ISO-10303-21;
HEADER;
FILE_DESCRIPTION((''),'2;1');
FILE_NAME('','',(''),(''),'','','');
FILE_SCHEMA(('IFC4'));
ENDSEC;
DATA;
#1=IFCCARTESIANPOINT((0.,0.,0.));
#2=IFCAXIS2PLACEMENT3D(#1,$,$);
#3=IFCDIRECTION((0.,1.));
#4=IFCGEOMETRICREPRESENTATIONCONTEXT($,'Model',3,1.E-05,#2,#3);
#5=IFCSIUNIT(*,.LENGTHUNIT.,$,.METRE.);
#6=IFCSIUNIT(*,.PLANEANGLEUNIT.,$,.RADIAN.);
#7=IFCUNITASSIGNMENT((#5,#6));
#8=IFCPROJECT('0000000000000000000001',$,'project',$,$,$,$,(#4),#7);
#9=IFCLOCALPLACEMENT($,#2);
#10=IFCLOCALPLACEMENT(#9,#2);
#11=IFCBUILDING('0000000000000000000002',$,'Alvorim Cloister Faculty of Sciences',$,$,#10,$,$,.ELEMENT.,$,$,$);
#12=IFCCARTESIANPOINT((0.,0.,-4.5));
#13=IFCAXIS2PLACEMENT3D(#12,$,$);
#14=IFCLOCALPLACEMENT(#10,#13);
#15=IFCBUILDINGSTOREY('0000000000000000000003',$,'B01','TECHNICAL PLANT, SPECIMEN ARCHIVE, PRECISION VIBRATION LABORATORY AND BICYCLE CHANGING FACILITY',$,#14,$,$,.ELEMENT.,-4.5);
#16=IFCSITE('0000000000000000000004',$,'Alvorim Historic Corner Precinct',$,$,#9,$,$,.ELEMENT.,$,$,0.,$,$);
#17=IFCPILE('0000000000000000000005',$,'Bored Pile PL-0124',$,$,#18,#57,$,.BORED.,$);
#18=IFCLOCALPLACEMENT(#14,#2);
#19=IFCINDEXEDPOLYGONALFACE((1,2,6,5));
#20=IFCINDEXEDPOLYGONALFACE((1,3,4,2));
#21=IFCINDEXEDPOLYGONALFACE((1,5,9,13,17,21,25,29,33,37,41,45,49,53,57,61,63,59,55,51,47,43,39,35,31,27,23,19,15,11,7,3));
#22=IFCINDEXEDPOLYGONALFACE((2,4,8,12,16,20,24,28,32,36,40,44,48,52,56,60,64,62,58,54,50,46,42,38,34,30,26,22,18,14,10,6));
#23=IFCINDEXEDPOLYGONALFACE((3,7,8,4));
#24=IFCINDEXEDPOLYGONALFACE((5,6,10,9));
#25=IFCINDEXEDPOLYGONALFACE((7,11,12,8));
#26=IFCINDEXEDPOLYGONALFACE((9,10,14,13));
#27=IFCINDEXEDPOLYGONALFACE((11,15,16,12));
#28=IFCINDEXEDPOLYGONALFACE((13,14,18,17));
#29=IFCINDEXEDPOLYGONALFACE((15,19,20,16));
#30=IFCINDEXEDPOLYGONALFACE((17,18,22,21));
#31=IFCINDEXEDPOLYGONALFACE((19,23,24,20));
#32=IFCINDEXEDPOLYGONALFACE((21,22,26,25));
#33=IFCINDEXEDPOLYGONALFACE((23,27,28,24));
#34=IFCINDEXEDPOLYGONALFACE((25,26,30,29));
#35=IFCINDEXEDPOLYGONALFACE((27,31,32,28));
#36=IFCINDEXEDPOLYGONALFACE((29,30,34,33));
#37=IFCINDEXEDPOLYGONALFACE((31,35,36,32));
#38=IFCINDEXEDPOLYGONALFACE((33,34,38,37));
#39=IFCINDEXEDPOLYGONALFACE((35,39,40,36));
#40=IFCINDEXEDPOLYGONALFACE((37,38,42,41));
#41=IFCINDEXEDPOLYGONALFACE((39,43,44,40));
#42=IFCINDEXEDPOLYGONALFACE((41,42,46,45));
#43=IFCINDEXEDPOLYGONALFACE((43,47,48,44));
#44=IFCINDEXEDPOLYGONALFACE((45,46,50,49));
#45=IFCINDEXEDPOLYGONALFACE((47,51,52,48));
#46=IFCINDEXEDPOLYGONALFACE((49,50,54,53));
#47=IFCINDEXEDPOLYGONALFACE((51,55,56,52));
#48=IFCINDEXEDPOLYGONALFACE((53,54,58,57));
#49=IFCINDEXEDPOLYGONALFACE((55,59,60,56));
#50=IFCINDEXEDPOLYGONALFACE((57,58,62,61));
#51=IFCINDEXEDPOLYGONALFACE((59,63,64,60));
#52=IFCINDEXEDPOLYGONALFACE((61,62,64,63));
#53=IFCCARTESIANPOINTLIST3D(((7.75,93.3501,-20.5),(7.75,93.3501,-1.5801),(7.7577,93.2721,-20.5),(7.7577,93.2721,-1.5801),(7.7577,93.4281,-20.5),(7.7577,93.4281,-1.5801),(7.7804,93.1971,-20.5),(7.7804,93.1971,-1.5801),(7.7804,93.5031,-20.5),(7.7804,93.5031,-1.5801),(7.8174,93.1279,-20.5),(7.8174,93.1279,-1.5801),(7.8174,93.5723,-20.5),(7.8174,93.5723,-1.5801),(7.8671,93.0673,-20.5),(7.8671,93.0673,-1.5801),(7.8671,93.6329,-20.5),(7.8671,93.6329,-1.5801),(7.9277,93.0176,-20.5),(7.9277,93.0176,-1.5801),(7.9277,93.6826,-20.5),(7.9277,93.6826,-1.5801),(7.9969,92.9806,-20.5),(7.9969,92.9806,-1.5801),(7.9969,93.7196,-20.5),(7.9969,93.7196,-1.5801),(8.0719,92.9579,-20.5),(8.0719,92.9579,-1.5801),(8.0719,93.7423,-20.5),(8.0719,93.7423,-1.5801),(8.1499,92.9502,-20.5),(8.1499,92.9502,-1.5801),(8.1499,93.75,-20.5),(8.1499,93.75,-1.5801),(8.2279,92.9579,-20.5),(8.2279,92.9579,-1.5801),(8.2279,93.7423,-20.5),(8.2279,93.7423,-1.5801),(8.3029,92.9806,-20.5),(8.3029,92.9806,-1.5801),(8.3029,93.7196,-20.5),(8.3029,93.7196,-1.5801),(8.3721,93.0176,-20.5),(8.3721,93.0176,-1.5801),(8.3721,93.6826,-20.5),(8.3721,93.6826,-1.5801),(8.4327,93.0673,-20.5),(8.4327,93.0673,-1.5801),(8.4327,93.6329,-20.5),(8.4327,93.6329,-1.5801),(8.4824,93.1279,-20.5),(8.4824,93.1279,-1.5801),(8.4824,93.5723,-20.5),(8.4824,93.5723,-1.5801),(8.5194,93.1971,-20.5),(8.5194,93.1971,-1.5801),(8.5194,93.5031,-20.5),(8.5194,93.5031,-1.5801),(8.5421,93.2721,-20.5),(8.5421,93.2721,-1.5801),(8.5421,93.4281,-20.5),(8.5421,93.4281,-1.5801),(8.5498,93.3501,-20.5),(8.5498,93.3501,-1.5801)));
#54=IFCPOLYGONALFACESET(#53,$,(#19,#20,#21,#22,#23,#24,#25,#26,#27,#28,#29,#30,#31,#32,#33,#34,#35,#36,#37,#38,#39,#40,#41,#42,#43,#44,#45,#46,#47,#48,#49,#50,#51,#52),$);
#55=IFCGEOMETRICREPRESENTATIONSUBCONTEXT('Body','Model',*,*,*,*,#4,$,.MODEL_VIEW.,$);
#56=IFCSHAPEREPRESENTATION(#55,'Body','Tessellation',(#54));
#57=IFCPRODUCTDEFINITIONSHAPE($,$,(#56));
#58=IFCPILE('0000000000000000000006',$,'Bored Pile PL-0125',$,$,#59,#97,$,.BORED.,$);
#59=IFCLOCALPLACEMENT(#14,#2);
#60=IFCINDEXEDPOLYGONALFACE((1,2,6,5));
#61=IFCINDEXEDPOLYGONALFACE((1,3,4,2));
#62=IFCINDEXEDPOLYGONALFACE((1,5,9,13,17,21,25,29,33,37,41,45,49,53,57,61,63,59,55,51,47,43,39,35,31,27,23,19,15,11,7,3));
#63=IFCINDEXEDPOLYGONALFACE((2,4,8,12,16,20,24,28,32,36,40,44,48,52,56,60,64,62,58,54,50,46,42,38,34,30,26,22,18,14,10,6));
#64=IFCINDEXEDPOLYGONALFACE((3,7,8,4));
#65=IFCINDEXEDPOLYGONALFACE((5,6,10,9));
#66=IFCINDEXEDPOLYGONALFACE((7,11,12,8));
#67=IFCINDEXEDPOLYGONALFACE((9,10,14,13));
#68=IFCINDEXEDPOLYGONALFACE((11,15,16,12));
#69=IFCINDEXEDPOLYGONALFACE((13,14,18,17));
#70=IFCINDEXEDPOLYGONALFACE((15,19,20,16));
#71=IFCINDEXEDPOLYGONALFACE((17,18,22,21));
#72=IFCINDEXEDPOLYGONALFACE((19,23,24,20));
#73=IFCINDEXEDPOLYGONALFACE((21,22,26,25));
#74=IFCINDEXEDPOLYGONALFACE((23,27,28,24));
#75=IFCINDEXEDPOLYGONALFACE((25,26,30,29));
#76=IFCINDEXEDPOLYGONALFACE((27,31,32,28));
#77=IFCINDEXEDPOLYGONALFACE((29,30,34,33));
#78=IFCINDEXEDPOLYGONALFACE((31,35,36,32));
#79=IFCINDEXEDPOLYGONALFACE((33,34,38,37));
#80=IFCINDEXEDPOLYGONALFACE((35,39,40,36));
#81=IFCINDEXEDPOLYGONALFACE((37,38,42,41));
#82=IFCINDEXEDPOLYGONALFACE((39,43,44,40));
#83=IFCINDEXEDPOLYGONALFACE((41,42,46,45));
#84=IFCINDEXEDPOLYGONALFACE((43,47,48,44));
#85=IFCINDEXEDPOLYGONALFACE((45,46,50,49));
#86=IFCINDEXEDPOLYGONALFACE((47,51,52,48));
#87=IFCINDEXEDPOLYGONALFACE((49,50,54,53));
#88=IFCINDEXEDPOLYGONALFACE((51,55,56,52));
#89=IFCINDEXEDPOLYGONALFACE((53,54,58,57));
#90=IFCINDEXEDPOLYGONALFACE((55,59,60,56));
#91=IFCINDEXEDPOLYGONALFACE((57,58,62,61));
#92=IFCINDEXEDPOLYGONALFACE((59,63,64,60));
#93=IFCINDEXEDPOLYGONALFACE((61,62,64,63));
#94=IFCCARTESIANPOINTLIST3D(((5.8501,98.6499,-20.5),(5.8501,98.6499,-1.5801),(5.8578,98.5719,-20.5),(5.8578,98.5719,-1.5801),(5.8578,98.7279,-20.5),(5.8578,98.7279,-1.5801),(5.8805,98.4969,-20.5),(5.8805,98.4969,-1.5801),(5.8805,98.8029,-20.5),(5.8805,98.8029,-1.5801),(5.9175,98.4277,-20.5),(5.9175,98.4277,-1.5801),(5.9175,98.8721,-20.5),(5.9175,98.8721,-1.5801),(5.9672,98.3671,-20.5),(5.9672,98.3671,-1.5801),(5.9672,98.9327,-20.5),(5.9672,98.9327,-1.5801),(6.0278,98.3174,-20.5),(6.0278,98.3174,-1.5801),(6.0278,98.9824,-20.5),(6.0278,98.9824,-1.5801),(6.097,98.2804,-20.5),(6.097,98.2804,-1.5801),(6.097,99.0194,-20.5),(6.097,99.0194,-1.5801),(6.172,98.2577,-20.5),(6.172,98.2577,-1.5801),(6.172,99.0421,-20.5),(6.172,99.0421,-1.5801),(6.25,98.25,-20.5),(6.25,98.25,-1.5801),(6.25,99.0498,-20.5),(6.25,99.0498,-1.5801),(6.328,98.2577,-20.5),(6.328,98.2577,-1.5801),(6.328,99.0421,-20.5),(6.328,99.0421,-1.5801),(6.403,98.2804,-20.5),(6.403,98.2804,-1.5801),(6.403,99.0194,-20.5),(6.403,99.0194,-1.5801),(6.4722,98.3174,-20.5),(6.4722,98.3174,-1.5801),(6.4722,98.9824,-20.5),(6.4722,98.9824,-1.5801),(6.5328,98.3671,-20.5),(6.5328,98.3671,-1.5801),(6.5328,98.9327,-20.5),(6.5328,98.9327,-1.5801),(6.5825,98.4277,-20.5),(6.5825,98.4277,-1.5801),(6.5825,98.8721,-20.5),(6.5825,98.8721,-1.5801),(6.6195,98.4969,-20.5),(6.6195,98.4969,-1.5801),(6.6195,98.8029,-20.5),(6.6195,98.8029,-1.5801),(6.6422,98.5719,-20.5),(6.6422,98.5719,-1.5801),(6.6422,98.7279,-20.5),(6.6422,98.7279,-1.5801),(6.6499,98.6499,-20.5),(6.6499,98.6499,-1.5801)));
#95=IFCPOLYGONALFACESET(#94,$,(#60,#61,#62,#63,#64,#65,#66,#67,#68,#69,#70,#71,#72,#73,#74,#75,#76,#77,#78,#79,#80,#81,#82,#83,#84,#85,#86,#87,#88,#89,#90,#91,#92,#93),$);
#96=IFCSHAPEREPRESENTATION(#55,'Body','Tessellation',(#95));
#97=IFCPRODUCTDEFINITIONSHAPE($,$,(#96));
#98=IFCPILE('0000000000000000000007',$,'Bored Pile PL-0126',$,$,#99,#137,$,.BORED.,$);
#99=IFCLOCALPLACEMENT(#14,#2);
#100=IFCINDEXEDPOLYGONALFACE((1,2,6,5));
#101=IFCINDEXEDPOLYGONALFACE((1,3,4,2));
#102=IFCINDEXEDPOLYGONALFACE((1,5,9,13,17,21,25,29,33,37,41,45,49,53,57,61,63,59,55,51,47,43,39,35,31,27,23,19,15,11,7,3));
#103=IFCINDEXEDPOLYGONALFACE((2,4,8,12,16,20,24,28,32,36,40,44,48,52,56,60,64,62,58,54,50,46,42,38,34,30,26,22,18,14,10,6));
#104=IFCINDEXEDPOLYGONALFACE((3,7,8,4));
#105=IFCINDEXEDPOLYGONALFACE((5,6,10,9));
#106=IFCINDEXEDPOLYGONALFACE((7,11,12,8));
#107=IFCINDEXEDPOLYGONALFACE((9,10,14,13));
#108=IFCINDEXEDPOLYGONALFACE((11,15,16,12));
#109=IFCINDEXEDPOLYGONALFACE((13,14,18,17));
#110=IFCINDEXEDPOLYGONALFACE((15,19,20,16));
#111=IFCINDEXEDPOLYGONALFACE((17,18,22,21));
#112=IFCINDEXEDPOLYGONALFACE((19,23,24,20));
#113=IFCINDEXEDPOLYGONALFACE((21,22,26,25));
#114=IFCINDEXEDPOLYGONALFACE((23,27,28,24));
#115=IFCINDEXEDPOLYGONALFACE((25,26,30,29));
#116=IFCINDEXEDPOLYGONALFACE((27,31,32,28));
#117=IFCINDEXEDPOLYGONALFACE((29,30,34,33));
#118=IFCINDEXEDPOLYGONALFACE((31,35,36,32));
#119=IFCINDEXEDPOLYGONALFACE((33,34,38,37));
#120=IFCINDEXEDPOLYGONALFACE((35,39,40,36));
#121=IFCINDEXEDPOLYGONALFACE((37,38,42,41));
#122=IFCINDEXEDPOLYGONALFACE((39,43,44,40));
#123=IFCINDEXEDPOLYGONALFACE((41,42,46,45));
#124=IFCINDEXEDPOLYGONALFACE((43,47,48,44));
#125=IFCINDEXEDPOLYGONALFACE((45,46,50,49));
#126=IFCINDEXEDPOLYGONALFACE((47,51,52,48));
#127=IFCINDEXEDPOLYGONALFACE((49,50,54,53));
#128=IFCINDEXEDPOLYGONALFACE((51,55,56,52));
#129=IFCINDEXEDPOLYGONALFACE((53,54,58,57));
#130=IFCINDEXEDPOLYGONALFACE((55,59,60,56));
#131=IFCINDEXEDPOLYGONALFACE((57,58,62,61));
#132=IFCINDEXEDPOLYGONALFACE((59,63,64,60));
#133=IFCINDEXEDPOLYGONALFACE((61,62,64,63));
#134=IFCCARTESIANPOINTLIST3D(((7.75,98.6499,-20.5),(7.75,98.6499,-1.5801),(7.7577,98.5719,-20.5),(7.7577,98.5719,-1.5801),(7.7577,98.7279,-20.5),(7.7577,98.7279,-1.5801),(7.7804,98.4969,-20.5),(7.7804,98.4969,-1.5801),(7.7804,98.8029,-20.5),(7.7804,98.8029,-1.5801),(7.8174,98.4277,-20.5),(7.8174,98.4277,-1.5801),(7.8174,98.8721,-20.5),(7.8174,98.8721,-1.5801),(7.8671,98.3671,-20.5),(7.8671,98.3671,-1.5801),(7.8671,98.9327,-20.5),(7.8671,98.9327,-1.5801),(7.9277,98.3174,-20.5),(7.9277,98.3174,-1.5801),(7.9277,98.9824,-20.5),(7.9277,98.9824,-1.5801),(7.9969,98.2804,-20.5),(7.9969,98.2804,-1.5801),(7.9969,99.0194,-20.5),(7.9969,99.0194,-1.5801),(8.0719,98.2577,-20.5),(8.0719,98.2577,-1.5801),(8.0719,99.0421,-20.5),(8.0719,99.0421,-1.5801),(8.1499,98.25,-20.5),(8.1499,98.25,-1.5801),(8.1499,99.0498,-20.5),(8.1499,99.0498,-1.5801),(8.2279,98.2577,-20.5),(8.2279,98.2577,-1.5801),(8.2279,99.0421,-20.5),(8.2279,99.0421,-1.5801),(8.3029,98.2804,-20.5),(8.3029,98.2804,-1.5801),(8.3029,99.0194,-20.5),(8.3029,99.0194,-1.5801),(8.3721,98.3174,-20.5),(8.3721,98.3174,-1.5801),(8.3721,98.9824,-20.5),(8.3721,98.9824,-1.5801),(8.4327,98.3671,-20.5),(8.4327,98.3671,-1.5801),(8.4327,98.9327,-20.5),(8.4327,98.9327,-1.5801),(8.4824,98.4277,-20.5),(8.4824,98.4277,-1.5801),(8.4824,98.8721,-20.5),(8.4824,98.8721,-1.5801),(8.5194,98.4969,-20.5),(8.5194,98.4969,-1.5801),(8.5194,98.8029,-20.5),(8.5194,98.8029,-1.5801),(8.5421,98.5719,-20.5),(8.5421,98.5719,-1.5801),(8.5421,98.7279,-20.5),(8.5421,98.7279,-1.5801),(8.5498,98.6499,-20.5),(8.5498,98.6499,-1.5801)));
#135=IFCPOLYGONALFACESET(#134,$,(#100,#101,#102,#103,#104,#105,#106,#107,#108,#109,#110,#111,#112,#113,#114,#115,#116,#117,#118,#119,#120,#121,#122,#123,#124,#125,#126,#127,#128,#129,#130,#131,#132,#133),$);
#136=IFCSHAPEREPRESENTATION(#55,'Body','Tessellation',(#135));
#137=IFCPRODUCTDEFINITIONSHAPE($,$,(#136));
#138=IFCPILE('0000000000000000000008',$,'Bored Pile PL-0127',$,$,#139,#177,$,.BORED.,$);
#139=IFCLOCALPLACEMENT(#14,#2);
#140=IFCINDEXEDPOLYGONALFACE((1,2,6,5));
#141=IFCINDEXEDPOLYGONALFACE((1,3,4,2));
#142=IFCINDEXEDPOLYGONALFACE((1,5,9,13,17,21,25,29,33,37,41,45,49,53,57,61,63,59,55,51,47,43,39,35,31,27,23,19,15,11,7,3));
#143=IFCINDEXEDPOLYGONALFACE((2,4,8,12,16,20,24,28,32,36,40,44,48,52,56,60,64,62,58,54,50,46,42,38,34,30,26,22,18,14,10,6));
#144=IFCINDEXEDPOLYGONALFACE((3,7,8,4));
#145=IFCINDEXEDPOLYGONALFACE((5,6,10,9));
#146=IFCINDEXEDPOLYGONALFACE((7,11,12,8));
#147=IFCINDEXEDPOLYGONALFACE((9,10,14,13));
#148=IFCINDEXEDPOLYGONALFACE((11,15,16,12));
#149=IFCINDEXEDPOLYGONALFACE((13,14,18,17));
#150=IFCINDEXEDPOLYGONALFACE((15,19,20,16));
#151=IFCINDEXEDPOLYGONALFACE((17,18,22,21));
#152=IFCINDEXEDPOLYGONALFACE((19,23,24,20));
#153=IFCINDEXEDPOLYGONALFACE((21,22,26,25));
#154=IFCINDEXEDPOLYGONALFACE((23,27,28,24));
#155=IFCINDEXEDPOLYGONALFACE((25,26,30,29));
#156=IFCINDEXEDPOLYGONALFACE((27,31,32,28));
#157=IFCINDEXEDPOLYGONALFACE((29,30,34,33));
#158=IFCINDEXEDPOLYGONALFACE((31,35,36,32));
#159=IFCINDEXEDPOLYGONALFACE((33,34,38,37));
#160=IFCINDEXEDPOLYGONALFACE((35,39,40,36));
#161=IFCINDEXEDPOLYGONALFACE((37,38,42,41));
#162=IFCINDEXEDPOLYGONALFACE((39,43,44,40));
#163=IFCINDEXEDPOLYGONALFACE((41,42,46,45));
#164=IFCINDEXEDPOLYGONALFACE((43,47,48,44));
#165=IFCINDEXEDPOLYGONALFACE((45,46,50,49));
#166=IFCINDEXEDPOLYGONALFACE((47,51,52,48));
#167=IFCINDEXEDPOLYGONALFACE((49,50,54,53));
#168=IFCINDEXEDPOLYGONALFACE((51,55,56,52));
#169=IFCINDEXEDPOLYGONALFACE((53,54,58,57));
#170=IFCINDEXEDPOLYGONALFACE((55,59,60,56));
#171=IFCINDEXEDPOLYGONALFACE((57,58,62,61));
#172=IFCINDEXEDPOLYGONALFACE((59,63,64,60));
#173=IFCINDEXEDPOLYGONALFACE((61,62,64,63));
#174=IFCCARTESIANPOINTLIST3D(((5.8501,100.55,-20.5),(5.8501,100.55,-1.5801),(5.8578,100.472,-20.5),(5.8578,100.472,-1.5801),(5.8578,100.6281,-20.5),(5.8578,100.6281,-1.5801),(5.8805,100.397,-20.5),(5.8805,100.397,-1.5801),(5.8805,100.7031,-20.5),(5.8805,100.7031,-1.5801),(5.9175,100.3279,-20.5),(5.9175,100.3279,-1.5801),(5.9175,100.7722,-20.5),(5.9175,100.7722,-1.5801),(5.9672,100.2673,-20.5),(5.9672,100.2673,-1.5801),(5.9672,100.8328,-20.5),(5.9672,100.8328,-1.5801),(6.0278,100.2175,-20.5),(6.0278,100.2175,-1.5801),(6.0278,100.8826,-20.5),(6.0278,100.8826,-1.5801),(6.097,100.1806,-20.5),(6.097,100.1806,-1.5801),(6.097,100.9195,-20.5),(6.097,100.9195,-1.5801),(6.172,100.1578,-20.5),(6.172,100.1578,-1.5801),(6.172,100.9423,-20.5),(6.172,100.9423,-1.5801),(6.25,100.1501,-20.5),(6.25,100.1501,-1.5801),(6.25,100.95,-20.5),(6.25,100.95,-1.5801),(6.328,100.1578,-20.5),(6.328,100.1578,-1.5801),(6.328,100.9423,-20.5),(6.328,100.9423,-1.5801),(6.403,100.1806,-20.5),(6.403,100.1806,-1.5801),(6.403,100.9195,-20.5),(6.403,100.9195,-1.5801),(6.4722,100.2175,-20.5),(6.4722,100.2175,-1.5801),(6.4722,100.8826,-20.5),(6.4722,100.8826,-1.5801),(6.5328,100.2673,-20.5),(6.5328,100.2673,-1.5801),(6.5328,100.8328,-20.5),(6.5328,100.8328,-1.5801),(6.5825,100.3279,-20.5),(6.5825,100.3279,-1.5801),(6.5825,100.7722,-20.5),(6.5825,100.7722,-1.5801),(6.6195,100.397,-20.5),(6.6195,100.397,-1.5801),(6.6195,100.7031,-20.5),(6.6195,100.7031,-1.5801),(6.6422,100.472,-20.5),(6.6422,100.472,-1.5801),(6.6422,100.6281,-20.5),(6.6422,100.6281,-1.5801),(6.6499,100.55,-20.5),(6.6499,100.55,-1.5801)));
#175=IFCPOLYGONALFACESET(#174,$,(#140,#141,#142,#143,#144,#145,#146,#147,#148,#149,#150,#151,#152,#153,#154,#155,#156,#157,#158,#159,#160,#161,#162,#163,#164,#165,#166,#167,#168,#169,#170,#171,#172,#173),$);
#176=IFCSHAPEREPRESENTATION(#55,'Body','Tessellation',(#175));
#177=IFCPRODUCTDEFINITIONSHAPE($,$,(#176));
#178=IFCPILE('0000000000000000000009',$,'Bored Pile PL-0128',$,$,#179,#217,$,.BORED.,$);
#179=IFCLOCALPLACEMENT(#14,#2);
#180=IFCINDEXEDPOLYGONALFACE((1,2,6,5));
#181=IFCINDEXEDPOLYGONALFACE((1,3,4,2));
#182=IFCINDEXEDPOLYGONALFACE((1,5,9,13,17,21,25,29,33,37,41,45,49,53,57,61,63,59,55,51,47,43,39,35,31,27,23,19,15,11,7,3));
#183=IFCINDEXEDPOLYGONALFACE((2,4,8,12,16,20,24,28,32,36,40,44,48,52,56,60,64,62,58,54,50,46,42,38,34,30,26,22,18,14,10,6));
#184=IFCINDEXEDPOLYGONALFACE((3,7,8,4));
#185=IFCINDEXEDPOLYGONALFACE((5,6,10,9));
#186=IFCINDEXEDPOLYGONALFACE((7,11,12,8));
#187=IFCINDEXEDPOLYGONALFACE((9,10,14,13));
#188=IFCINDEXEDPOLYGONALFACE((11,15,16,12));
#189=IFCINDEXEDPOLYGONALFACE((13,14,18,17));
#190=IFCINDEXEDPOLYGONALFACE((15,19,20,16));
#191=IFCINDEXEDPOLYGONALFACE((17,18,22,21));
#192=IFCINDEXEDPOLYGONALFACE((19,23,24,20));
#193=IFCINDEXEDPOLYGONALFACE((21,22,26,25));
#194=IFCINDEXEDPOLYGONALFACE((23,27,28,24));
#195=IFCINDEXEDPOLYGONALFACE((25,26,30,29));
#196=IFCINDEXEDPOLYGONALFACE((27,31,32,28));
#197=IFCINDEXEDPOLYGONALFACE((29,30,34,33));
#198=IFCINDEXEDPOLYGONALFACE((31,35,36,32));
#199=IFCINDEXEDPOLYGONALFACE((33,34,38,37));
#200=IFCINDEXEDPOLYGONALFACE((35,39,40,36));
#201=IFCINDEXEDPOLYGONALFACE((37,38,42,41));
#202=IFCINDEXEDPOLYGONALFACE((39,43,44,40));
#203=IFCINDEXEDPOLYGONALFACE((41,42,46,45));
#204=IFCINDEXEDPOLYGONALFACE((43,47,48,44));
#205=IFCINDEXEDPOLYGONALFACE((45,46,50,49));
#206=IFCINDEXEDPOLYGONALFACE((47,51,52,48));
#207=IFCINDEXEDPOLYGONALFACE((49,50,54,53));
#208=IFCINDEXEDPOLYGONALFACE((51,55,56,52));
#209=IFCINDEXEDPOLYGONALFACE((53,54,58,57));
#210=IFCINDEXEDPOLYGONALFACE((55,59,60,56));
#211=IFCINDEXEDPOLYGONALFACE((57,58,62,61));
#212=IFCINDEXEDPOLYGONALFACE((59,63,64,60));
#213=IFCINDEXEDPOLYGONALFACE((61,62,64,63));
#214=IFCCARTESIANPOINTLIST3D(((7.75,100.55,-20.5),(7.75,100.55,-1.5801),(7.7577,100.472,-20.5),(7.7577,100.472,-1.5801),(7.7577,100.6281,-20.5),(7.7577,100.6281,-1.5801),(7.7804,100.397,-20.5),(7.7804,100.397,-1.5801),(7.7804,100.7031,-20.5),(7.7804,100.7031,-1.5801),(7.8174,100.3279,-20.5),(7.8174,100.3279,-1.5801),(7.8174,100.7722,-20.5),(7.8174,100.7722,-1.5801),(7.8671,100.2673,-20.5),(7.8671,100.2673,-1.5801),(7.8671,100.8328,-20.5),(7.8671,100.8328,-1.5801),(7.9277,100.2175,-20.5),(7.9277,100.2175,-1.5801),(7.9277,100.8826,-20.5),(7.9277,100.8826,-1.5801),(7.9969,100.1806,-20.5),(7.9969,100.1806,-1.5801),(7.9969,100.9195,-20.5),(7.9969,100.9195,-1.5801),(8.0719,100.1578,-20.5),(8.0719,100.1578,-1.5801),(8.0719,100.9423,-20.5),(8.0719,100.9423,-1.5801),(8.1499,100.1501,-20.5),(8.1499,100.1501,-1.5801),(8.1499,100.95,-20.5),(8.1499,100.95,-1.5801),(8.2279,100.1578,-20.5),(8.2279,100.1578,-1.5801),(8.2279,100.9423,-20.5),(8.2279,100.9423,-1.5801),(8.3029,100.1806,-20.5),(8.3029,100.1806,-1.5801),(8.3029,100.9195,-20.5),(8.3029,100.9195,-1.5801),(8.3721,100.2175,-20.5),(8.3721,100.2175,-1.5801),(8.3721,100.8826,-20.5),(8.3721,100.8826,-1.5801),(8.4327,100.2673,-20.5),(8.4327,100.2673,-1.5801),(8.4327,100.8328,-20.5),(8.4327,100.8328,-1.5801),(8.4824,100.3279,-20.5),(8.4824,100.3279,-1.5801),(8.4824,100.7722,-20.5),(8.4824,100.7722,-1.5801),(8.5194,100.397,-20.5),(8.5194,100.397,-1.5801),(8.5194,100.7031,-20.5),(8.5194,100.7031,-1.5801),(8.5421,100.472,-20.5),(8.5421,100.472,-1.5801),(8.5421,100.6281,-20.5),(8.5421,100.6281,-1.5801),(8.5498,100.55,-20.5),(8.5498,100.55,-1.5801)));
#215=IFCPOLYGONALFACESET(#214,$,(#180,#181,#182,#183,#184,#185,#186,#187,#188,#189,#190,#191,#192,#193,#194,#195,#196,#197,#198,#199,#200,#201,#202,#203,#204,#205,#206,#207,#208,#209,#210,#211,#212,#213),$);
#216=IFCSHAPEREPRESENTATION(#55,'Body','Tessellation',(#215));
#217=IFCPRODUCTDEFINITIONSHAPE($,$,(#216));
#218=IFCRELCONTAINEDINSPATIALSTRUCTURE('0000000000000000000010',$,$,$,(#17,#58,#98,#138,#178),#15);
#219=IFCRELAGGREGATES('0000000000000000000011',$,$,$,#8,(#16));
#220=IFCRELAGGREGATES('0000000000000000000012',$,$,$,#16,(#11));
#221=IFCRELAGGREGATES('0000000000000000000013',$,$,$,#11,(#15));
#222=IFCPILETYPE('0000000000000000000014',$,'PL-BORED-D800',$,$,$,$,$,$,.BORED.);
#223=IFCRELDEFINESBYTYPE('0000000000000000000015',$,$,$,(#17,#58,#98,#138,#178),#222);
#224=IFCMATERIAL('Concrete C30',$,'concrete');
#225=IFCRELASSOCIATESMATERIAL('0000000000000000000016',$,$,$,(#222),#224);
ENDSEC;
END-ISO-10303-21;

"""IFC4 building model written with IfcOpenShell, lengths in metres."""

from ifc_helpers import new_model, si_unit, direction, frame, origin, origin_2d, place, context, subcontext, project, spatial, circle, extrude, material, material_profile, profile_set, type_object, element, save


model = new_model("IFC4")

# Units and contexts
model_context = context("Model", 3, precision=1e-05, world=origin(), true_north=direction((0.0, 1.0)))
body_context = subcontext(model_context, "Body", "Model", "MODEL_VIEW")
ifc_project = project(units=[si_unit("LENGTHUNIT", "METRE"), si_unit("PLANEANGLEUNIT", "RADIAN")], contexts=[model_context])

# Site, building, storey
site_placement = place(None, origin())
site = spatial("IfcSite", under=ifc_project, at=site_placement, Name="Alvorim Historic Corner Precinct", CompositionType="ELEMENT", RefElevation=0.0)
building_placement = place(site_placement, origin())
building = spatial("IfcBuilding", under=site, at=building_placement, Name="Alvorim Cloister Faculty of Sciences", CompositionType="ELEMENT")
storey_placement = place(building_placement, frame((0.0, 0.0, -4.5)))
storey = spatial("IfcBuildingStorey", under=building, at=storey_placement, Name="B01", Description="TECHNICAL PLANT, SPECIMEN ARCHIVE, PRECISION VIBRATION LABORATORY AND BICYCLE CHANGING FACILITY", CompositionType="ELEMENT", Elevation=-4.5)

# Piles
ifc_material_1 = material(Name="Concrete C30", Category="concrete")
ifc_material_profile_1 = material_profile(ifc_material_1, circle(Radius=0.3999, at=origin_2d()), Name="PILE-D800")
ifc_profile_set_1 = profile_set([ifc_material_profile_1], Name="Concrete C30")
pile_type = type_object("IfcPileType", Name="PL-BORED-D800", PredefinedType="BORED", material=ifc_profile_set_1)
for number, where, z_axis, x_axis, name in (
    (1, (8.1499, 93.3501, -1.5801), (0.0, 0.0, -1.0), (1.0, 0.0, 0.0), "Bored Pile PL-0124"),
    (2, (6.25, 98.6499, -1.5801), (0.0, 0.0, -1.0), (1.0, 0.0, 0.0), "Bored Pile PL-0125"),
    (3, (8.1499, 98.6499, -1.5801), (0.0, 0.0, -1.0), (1.0, 0.0, 0.0), "Bored Pile PL-0126"),
    (4, (6.25, 100.55, -1.5801), (0.0, 0.0, -1.0), (1.0, 0.0, 0.0), "Bored Pile PL-0127"),
    (5, (8.1499, 100.55, -1.5801), (0.0, 0.0, -1.0), (1.0, 0.0, 0.0), "Bored Pile PL-0128"),
):
    element("IfcPile", number, at=place(storey_placement, frame(where, z_axis=z_axis, x_axis=x_axis)), inside=storey, type_object=pile_type, Name=name, PredefinedType="BORED", context=body_context, shape_type="SweptSolid", body=[
        extrude(circle(Radius=0.3999, at=origin_2d()), origin(), (0.0, 0.0, 1.0), 18.9199),
    ])

save(model, "model.ifc")
